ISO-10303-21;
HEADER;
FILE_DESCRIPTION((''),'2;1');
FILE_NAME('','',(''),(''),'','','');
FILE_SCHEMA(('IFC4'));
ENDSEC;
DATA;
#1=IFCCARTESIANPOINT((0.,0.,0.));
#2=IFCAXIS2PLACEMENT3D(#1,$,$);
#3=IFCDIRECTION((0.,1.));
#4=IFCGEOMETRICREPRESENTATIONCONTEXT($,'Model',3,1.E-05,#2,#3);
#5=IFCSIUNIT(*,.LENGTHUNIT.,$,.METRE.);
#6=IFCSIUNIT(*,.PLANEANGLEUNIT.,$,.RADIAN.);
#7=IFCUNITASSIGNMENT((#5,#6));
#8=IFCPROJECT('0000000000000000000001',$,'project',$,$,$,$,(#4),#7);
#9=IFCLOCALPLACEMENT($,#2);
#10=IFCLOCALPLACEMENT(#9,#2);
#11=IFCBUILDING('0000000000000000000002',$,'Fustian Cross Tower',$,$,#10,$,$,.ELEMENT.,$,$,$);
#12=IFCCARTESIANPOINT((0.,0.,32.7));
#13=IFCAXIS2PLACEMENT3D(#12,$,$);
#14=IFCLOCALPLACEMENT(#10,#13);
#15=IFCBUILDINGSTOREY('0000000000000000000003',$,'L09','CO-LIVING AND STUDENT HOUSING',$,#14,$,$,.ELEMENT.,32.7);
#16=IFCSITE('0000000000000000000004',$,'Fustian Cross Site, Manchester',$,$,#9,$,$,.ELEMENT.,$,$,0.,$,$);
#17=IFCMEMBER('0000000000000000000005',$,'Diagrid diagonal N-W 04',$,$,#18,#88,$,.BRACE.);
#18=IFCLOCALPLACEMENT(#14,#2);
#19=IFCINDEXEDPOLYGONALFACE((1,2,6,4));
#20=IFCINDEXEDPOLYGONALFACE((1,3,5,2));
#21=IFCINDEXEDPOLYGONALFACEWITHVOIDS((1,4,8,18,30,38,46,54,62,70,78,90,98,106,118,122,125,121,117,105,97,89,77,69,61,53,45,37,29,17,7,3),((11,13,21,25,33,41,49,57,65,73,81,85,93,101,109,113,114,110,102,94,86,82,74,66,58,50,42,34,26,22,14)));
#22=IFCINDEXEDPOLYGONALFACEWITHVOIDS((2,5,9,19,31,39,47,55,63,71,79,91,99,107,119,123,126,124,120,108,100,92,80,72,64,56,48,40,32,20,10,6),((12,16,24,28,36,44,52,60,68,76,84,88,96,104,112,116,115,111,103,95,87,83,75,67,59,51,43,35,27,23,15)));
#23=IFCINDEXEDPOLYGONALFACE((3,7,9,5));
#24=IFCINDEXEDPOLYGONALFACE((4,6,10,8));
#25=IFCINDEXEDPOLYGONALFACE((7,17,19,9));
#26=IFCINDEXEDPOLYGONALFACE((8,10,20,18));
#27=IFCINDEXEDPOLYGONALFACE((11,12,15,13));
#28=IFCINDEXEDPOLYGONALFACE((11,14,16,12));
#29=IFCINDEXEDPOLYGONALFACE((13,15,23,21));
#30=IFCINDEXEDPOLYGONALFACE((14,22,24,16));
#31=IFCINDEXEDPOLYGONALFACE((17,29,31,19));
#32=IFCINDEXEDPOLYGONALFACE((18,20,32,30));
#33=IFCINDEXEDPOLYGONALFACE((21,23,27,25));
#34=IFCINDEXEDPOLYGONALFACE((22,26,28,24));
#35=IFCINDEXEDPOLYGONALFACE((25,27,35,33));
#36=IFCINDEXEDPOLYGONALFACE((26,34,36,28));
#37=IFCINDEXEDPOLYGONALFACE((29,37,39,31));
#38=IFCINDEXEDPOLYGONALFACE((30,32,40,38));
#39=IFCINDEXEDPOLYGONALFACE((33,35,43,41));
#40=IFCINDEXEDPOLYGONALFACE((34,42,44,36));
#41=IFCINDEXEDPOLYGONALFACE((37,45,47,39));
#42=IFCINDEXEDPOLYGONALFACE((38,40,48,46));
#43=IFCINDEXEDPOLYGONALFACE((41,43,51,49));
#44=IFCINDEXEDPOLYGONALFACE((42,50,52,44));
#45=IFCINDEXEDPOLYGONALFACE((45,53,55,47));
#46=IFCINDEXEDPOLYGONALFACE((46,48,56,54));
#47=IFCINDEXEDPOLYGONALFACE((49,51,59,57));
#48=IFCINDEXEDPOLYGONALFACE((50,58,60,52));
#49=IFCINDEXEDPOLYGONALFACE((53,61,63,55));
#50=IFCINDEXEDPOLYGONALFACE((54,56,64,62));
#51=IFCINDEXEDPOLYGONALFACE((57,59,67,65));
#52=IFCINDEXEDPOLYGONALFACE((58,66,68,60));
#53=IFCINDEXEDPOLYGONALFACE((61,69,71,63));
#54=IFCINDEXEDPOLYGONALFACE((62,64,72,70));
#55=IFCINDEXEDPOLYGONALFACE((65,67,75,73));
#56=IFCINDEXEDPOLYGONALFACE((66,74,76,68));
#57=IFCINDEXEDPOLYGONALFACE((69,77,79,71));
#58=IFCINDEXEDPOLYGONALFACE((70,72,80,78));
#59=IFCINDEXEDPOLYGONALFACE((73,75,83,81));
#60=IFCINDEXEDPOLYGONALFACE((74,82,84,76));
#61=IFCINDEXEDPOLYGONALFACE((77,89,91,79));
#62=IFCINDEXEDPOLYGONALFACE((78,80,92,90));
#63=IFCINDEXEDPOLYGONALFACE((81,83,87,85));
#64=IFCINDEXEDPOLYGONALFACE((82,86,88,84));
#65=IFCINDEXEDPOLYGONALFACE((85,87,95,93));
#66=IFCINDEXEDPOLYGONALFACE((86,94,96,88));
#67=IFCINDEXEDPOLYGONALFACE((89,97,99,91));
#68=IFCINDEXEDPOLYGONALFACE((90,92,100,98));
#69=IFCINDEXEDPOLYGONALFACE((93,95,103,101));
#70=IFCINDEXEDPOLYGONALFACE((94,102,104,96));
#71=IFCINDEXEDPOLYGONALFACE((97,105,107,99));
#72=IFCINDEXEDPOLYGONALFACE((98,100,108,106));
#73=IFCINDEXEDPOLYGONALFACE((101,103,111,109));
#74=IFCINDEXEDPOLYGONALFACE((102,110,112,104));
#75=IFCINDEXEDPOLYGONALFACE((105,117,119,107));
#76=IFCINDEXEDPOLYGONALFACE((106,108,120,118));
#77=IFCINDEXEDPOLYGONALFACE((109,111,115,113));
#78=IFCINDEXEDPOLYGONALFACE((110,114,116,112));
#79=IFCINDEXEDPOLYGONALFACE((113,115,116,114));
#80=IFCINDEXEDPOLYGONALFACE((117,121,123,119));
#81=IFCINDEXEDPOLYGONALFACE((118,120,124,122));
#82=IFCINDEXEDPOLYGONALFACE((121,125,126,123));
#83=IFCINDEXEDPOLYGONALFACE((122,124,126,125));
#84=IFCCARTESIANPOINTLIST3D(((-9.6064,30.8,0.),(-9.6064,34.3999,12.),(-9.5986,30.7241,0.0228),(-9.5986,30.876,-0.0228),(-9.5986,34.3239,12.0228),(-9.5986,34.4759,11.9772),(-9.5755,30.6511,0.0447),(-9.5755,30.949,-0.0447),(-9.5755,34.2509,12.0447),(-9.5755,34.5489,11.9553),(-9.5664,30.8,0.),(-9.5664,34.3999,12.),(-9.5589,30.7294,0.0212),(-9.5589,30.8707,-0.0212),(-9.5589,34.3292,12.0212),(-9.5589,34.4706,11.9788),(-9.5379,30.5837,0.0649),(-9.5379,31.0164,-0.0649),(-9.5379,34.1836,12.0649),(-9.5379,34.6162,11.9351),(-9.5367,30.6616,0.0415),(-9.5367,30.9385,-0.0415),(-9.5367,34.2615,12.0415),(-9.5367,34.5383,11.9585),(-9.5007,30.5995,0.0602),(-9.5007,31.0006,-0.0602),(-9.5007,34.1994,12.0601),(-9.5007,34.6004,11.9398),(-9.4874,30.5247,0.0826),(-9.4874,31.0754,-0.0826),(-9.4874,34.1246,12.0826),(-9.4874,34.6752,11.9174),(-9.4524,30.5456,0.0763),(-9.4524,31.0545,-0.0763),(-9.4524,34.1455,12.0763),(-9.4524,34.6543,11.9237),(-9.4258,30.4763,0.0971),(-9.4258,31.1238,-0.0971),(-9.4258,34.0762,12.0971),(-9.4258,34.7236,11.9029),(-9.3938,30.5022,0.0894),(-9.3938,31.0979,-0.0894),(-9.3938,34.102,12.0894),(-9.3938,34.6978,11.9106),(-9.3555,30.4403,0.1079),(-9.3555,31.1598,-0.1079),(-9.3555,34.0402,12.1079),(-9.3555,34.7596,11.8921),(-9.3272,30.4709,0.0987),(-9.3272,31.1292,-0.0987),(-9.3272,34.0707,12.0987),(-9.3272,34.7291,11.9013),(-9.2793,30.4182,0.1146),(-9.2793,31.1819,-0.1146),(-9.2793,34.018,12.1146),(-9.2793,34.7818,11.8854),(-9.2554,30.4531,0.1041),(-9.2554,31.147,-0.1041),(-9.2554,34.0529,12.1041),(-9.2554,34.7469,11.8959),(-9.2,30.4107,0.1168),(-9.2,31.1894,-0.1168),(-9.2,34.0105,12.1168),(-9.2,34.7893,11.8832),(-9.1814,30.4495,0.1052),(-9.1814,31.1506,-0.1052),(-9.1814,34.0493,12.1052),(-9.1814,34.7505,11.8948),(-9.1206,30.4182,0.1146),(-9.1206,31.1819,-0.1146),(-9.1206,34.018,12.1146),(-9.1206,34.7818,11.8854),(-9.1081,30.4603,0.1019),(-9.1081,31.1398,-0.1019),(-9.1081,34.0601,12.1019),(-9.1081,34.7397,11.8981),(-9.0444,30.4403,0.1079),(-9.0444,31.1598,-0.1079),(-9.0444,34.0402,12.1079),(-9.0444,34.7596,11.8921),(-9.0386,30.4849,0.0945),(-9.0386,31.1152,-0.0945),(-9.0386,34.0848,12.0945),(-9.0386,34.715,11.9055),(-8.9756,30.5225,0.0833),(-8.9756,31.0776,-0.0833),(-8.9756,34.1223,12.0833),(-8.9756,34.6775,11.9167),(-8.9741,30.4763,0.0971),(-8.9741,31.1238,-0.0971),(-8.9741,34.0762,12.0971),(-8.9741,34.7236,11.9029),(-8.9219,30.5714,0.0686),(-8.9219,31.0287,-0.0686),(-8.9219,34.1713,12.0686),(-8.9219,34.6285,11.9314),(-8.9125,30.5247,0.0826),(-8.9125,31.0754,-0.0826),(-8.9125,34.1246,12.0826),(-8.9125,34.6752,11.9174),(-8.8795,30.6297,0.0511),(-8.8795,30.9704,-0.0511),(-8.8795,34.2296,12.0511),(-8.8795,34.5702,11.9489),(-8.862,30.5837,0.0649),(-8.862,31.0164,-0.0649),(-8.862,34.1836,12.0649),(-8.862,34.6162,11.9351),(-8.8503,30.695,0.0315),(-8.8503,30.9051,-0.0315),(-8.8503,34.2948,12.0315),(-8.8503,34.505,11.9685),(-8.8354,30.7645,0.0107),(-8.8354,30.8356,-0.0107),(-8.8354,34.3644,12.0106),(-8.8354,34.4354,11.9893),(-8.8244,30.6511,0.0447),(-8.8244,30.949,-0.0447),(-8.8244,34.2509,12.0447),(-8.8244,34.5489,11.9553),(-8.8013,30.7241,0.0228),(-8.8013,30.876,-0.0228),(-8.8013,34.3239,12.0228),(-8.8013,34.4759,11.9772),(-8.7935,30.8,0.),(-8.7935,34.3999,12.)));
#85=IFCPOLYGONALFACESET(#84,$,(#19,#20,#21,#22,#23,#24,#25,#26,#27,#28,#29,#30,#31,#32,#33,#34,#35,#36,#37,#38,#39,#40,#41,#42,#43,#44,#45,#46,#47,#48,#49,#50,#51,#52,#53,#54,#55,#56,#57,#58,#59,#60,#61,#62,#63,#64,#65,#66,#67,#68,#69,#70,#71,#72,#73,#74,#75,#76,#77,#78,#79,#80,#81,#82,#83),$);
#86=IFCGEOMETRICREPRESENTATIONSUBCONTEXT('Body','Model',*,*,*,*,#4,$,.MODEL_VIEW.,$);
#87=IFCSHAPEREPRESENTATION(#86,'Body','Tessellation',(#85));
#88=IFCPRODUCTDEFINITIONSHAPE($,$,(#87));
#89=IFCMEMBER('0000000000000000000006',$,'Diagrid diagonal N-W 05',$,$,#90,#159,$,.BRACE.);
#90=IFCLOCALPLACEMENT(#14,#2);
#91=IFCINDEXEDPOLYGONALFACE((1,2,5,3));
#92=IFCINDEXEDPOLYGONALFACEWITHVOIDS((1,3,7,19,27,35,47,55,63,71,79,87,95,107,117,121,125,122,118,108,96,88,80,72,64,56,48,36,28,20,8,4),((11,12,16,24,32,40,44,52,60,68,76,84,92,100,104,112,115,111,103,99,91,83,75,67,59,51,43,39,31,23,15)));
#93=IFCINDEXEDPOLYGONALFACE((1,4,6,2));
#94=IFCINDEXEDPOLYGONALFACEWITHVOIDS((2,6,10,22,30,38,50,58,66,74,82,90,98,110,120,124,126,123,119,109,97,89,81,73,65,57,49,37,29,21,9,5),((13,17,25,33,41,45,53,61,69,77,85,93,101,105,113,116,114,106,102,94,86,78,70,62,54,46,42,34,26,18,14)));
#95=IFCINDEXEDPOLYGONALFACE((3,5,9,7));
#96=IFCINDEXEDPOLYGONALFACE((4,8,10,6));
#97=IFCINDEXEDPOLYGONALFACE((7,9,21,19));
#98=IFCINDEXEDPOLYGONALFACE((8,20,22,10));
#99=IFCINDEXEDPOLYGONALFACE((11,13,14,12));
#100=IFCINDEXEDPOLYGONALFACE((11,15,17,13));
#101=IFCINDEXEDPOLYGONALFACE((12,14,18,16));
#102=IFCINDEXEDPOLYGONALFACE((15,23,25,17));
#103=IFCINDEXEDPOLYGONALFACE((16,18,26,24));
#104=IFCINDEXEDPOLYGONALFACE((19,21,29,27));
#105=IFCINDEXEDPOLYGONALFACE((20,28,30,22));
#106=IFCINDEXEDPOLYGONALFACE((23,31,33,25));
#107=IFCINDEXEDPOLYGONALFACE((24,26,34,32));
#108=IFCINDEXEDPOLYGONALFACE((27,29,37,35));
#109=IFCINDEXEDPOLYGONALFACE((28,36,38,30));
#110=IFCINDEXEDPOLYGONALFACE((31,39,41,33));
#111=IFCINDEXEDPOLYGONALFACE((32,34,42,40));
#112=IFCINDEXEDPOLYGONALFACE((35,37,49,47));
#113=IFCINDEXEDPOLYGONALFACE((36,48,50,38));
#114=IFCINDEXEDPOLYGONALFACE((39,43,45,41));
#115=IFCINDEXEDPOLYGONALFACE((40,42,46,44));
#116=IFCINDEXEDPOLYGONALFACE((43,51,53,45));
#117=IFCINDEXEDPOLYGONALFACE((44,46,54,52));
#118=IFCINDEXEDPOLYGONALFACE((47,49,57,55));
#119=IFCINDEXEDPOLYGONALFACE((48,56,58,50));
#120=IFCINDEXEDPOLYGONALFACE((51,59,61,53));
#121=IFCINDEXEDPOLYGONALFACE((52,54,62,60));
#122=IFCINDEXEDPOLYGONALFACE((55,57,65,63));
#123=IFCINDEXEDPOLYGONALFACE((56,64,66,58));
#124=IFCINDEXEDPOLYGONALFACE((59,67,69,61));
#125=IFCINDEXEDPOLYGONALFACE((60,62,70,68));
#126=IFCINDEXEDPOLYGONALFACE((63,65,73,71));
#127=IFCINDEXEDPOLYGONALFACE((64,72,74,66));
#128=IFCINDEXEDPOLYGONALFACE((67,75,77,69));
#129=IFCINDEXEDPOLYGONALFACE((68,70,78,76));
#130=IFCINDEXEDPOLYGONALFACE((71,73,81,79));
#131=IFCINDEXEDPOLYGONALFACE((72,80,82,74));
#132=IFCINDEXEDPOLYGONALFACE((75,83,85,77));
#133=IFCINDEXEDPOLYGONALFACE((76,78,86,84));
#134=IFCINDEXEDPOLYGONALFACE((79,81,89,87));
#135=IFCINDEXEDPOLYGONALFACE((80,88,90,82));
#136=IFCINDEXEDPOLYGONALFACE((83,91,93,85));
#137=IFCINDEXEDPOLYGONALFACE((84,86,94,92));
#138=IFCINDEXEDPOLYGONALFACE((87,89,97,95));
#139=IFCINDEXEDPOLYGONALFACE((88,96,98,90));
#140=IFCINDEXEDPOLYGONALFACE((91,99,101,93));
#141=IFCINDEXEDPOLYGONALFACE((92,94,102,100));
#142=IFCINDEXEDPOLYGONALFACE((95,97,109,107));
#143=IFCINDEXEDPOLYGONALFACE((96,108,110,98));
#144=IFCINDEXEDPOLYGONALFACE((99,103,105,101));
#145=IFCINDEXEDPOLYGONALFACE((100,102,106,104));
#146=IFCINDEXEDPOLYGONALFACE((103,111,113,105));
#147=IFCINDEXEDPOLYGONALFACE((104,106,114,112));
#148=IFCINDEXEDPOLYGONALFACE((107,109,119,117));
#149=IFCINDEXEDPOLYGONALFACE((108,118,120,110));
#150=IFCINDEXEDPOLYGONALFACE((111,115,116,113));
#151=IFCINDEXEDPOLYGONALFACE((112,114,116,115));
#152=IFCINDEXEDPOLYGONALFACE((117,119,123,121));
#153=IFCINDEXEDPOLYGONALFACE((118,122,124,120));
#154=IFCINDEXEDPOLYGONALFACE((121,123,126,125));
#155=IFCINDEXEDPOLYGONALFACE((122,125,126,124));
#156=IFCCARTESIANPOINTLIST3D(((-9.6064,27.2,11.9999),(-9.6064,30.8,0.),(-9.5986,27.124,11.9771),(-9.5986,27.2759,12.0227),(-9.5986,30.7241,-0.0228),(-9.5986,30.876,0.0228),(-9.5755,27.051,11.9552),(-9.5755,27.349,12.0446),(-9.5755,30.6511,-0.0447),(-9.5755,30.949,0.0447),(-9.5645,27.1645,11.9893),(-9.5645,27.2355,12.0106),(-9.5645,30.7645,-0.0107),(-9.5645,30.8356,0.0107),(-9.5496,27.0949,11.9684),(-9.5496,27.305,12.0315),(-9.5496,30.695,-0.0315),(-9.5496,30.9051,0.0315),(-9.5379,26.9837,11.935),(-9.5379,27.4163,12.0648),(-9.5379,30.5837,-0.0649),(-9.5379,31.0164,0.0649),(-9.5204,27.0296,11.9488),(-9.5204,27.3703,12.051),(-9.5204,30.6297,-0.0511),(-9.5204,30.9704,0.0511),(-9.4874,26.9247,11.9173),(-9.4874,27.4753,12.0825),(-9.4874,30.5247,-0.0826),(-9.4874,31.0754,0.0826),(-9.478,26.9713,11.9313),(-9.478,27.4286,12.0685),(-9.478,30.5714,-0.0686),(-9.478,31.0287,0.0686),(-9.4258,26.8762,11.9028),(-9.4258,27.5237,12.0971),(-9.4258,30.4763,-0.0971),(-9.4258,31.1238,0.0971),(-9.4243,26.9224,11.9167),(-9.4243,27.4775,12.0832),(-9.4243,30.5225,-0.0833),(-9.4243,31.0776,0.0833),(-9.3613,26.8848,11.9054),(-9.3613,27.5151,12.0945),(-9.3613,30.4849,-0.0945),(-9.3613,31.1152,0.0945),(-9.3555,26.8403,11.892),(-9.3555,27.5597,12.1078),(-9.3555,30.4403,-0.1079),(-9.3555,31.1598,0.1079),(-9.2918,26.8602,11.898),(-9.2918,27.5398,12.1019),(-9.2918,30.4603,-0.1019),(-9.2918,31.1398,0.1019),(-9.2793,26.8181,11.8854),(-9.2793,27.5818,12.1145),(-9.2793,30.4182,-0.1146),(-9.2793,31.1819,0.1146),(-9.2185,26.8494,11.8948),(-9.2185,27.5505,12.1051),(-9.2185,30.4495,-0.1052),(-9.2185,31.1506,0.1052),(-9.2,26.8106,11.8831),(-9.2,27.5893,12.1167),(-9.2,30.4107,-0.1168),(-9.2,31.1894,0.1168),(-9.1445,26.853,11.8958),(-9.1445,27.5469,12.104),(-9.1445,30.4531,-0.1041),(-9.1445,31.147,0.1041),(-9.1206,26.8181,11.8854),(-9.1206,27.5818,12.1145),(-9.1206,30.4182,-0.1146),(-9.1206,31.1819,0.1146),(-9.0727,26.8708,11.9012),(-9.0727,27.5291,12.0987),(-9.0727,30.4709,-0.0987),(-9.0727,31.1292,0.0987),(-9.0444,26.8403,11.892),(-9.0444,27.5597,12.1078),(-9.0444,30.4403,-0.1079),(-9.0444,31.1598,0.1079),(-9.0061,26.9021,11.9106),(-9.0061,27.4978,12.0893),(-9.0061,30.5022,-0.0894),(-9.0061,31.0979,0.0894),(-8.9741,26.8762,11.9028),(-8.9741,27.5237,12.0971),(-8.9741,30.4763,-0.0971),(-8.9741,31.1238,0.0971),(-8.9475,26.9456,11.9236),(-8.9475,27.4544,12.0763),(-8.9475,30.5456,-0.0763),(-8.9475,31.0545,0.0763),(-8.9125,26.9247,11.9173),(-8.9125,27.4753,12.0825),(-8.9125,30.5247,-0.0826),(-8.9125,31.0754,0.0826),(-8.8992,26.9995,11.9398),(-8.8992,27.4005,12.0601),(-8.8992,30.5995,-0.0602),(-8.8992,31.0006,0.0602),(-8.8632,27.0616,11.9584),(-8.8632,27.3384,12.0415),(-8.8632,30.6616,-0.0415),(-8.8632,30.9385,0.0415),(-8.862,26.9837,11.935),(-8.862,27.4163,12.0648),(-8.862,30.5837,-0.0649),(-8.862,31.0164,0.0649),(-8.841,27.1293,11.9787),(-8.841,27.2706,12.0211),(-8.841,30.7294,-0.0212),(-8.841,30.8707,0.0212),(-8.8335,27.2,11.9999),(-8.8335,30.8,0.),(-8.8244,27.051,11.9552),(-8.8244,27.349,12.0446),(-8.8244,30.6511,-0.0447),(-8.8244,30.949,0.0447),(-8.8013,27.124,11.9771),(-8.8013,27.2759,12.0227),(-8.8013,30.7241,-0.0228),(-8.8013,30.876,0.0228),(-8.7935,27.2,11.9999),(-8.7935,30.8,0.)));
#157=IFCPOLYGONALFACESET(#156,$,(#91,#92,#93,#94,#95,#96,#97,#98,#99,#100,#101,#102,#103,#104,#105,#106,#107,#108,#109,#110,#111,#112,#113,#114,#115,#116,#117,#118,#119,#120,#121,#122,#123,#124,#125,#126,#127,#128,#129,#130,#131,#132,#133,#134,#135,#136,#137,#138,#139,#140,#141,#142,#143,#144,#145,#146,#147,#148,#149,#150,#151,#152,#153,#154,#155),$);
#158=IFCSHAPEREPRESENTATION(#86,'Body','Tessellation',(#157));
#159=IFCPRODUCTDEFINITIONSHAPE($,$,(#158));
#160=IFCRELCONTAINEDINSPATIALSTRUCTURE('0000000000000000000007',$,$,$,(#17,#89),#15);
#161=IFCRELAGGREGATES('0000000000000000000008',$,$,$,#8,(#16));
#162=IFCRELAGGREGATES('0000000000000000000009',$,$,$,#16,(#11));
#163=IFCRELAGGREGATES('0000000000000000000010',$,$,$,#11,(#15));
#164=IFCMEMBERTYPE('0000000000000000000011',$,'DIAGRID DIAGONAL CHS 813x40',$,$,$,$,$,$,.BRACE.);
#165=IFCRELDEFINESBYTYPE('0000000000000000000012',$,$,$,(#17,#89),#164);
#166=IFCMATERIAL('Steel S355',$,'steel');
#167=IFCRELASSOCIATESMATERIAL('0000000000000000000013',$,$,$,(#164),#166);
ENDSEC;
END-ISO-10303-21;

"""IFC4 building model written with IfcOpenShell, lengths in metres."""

from ifc_helpers import new_model, si_unit, direction, frame, origin, origin_2d, place, context, subcontext, project, spatial, hollow_circle, extrude, material, material_profile, profile_set, type_object, element, save


model = new_model("IFC4")

# Units and contexts
model_context = context("Model", 3, precision=1e-05, world=origin(), true_north=direction((0.0, 1.0)))
body_context = subcontext(model_context, "Body", "Model", "MODEL_VIEW")
ifc_project = project(units=[si_unit("LENGTHUNIT", "METRE"), si_unit("PLANEANGLEUNIT", "RADIAN")], contexts=[model_context])

# Site, building, storey
site_placement = place(None, origin())
site = spatial("IfcSite", under=ifc_project, at=site_placement, Name="Fustian Cross Site, Manchester", CompositionType="ELEMENT", RefElevation=0.0)
building_placement = place(site_placement, origin())
building = spatial("IfcBuilding", under=site, at=building_placement, Name="Fustian Cross Tower", CompositionType="ELEMENT")
storey_placement = place(building_placement, frame((0.0, 0.0, 32.7)))
storey = spatial("IfcBuildingStorey", under=building, at=storey_placement, Name="L09", Description="CO-LIVING AND STUDENT HOUSING", CompositionType="ELEMENT", Elevation=32.7)

# Members
ifc_material_1 = material(Name="Steel S355", Category="steel")
ifc_material_profile_1 = material_profile(ifc_material_1, hollow_circle(Radius=0.4065, WallThickness=0.04, at=origin_2d()), Name="CHS 813x40")
ifc_profile_set_1 = profile_set([ifc_material_profile_1], Name="Steel S355")
member_type_1 = type_object("IfcMemberType", Name="DIAGRID DIAGONAL CHS 813x40", PredefinedType="BRACE", material=ifc_profile_set_1)
for number, where, z_axis, x_axis, name in (
    (1, (-9.2, 30.8, 0.0), (0.0, 0.287337, 0.95783), (-1.0, 0.0, 0.0), "Diagrid diagonal N-W 04"),
    (2, (-9.2, 30.8, 0.0), (0.0, -0.287355, 0.957824), (1.0, 0.0, 0.0), "Diagrid diagonal N-W 05"),
):
    element("IfcMember", number, at=place(storey_placement, frame(where, z_axis=z_axis, x_axis=x_axis)), inside=storey, type_object=member_type_1, Name=name, PredefinedType="BRACE", context=body_context, shape_type="SweptSolid", body=[
        extrude(hollow_circle(Radius=0.4065, WallThickness=0.04, at=origin_2d()), origin(), (0.0, 0.0, 1.0), 12.5283),
    ])

save(model, "model.ifc")
